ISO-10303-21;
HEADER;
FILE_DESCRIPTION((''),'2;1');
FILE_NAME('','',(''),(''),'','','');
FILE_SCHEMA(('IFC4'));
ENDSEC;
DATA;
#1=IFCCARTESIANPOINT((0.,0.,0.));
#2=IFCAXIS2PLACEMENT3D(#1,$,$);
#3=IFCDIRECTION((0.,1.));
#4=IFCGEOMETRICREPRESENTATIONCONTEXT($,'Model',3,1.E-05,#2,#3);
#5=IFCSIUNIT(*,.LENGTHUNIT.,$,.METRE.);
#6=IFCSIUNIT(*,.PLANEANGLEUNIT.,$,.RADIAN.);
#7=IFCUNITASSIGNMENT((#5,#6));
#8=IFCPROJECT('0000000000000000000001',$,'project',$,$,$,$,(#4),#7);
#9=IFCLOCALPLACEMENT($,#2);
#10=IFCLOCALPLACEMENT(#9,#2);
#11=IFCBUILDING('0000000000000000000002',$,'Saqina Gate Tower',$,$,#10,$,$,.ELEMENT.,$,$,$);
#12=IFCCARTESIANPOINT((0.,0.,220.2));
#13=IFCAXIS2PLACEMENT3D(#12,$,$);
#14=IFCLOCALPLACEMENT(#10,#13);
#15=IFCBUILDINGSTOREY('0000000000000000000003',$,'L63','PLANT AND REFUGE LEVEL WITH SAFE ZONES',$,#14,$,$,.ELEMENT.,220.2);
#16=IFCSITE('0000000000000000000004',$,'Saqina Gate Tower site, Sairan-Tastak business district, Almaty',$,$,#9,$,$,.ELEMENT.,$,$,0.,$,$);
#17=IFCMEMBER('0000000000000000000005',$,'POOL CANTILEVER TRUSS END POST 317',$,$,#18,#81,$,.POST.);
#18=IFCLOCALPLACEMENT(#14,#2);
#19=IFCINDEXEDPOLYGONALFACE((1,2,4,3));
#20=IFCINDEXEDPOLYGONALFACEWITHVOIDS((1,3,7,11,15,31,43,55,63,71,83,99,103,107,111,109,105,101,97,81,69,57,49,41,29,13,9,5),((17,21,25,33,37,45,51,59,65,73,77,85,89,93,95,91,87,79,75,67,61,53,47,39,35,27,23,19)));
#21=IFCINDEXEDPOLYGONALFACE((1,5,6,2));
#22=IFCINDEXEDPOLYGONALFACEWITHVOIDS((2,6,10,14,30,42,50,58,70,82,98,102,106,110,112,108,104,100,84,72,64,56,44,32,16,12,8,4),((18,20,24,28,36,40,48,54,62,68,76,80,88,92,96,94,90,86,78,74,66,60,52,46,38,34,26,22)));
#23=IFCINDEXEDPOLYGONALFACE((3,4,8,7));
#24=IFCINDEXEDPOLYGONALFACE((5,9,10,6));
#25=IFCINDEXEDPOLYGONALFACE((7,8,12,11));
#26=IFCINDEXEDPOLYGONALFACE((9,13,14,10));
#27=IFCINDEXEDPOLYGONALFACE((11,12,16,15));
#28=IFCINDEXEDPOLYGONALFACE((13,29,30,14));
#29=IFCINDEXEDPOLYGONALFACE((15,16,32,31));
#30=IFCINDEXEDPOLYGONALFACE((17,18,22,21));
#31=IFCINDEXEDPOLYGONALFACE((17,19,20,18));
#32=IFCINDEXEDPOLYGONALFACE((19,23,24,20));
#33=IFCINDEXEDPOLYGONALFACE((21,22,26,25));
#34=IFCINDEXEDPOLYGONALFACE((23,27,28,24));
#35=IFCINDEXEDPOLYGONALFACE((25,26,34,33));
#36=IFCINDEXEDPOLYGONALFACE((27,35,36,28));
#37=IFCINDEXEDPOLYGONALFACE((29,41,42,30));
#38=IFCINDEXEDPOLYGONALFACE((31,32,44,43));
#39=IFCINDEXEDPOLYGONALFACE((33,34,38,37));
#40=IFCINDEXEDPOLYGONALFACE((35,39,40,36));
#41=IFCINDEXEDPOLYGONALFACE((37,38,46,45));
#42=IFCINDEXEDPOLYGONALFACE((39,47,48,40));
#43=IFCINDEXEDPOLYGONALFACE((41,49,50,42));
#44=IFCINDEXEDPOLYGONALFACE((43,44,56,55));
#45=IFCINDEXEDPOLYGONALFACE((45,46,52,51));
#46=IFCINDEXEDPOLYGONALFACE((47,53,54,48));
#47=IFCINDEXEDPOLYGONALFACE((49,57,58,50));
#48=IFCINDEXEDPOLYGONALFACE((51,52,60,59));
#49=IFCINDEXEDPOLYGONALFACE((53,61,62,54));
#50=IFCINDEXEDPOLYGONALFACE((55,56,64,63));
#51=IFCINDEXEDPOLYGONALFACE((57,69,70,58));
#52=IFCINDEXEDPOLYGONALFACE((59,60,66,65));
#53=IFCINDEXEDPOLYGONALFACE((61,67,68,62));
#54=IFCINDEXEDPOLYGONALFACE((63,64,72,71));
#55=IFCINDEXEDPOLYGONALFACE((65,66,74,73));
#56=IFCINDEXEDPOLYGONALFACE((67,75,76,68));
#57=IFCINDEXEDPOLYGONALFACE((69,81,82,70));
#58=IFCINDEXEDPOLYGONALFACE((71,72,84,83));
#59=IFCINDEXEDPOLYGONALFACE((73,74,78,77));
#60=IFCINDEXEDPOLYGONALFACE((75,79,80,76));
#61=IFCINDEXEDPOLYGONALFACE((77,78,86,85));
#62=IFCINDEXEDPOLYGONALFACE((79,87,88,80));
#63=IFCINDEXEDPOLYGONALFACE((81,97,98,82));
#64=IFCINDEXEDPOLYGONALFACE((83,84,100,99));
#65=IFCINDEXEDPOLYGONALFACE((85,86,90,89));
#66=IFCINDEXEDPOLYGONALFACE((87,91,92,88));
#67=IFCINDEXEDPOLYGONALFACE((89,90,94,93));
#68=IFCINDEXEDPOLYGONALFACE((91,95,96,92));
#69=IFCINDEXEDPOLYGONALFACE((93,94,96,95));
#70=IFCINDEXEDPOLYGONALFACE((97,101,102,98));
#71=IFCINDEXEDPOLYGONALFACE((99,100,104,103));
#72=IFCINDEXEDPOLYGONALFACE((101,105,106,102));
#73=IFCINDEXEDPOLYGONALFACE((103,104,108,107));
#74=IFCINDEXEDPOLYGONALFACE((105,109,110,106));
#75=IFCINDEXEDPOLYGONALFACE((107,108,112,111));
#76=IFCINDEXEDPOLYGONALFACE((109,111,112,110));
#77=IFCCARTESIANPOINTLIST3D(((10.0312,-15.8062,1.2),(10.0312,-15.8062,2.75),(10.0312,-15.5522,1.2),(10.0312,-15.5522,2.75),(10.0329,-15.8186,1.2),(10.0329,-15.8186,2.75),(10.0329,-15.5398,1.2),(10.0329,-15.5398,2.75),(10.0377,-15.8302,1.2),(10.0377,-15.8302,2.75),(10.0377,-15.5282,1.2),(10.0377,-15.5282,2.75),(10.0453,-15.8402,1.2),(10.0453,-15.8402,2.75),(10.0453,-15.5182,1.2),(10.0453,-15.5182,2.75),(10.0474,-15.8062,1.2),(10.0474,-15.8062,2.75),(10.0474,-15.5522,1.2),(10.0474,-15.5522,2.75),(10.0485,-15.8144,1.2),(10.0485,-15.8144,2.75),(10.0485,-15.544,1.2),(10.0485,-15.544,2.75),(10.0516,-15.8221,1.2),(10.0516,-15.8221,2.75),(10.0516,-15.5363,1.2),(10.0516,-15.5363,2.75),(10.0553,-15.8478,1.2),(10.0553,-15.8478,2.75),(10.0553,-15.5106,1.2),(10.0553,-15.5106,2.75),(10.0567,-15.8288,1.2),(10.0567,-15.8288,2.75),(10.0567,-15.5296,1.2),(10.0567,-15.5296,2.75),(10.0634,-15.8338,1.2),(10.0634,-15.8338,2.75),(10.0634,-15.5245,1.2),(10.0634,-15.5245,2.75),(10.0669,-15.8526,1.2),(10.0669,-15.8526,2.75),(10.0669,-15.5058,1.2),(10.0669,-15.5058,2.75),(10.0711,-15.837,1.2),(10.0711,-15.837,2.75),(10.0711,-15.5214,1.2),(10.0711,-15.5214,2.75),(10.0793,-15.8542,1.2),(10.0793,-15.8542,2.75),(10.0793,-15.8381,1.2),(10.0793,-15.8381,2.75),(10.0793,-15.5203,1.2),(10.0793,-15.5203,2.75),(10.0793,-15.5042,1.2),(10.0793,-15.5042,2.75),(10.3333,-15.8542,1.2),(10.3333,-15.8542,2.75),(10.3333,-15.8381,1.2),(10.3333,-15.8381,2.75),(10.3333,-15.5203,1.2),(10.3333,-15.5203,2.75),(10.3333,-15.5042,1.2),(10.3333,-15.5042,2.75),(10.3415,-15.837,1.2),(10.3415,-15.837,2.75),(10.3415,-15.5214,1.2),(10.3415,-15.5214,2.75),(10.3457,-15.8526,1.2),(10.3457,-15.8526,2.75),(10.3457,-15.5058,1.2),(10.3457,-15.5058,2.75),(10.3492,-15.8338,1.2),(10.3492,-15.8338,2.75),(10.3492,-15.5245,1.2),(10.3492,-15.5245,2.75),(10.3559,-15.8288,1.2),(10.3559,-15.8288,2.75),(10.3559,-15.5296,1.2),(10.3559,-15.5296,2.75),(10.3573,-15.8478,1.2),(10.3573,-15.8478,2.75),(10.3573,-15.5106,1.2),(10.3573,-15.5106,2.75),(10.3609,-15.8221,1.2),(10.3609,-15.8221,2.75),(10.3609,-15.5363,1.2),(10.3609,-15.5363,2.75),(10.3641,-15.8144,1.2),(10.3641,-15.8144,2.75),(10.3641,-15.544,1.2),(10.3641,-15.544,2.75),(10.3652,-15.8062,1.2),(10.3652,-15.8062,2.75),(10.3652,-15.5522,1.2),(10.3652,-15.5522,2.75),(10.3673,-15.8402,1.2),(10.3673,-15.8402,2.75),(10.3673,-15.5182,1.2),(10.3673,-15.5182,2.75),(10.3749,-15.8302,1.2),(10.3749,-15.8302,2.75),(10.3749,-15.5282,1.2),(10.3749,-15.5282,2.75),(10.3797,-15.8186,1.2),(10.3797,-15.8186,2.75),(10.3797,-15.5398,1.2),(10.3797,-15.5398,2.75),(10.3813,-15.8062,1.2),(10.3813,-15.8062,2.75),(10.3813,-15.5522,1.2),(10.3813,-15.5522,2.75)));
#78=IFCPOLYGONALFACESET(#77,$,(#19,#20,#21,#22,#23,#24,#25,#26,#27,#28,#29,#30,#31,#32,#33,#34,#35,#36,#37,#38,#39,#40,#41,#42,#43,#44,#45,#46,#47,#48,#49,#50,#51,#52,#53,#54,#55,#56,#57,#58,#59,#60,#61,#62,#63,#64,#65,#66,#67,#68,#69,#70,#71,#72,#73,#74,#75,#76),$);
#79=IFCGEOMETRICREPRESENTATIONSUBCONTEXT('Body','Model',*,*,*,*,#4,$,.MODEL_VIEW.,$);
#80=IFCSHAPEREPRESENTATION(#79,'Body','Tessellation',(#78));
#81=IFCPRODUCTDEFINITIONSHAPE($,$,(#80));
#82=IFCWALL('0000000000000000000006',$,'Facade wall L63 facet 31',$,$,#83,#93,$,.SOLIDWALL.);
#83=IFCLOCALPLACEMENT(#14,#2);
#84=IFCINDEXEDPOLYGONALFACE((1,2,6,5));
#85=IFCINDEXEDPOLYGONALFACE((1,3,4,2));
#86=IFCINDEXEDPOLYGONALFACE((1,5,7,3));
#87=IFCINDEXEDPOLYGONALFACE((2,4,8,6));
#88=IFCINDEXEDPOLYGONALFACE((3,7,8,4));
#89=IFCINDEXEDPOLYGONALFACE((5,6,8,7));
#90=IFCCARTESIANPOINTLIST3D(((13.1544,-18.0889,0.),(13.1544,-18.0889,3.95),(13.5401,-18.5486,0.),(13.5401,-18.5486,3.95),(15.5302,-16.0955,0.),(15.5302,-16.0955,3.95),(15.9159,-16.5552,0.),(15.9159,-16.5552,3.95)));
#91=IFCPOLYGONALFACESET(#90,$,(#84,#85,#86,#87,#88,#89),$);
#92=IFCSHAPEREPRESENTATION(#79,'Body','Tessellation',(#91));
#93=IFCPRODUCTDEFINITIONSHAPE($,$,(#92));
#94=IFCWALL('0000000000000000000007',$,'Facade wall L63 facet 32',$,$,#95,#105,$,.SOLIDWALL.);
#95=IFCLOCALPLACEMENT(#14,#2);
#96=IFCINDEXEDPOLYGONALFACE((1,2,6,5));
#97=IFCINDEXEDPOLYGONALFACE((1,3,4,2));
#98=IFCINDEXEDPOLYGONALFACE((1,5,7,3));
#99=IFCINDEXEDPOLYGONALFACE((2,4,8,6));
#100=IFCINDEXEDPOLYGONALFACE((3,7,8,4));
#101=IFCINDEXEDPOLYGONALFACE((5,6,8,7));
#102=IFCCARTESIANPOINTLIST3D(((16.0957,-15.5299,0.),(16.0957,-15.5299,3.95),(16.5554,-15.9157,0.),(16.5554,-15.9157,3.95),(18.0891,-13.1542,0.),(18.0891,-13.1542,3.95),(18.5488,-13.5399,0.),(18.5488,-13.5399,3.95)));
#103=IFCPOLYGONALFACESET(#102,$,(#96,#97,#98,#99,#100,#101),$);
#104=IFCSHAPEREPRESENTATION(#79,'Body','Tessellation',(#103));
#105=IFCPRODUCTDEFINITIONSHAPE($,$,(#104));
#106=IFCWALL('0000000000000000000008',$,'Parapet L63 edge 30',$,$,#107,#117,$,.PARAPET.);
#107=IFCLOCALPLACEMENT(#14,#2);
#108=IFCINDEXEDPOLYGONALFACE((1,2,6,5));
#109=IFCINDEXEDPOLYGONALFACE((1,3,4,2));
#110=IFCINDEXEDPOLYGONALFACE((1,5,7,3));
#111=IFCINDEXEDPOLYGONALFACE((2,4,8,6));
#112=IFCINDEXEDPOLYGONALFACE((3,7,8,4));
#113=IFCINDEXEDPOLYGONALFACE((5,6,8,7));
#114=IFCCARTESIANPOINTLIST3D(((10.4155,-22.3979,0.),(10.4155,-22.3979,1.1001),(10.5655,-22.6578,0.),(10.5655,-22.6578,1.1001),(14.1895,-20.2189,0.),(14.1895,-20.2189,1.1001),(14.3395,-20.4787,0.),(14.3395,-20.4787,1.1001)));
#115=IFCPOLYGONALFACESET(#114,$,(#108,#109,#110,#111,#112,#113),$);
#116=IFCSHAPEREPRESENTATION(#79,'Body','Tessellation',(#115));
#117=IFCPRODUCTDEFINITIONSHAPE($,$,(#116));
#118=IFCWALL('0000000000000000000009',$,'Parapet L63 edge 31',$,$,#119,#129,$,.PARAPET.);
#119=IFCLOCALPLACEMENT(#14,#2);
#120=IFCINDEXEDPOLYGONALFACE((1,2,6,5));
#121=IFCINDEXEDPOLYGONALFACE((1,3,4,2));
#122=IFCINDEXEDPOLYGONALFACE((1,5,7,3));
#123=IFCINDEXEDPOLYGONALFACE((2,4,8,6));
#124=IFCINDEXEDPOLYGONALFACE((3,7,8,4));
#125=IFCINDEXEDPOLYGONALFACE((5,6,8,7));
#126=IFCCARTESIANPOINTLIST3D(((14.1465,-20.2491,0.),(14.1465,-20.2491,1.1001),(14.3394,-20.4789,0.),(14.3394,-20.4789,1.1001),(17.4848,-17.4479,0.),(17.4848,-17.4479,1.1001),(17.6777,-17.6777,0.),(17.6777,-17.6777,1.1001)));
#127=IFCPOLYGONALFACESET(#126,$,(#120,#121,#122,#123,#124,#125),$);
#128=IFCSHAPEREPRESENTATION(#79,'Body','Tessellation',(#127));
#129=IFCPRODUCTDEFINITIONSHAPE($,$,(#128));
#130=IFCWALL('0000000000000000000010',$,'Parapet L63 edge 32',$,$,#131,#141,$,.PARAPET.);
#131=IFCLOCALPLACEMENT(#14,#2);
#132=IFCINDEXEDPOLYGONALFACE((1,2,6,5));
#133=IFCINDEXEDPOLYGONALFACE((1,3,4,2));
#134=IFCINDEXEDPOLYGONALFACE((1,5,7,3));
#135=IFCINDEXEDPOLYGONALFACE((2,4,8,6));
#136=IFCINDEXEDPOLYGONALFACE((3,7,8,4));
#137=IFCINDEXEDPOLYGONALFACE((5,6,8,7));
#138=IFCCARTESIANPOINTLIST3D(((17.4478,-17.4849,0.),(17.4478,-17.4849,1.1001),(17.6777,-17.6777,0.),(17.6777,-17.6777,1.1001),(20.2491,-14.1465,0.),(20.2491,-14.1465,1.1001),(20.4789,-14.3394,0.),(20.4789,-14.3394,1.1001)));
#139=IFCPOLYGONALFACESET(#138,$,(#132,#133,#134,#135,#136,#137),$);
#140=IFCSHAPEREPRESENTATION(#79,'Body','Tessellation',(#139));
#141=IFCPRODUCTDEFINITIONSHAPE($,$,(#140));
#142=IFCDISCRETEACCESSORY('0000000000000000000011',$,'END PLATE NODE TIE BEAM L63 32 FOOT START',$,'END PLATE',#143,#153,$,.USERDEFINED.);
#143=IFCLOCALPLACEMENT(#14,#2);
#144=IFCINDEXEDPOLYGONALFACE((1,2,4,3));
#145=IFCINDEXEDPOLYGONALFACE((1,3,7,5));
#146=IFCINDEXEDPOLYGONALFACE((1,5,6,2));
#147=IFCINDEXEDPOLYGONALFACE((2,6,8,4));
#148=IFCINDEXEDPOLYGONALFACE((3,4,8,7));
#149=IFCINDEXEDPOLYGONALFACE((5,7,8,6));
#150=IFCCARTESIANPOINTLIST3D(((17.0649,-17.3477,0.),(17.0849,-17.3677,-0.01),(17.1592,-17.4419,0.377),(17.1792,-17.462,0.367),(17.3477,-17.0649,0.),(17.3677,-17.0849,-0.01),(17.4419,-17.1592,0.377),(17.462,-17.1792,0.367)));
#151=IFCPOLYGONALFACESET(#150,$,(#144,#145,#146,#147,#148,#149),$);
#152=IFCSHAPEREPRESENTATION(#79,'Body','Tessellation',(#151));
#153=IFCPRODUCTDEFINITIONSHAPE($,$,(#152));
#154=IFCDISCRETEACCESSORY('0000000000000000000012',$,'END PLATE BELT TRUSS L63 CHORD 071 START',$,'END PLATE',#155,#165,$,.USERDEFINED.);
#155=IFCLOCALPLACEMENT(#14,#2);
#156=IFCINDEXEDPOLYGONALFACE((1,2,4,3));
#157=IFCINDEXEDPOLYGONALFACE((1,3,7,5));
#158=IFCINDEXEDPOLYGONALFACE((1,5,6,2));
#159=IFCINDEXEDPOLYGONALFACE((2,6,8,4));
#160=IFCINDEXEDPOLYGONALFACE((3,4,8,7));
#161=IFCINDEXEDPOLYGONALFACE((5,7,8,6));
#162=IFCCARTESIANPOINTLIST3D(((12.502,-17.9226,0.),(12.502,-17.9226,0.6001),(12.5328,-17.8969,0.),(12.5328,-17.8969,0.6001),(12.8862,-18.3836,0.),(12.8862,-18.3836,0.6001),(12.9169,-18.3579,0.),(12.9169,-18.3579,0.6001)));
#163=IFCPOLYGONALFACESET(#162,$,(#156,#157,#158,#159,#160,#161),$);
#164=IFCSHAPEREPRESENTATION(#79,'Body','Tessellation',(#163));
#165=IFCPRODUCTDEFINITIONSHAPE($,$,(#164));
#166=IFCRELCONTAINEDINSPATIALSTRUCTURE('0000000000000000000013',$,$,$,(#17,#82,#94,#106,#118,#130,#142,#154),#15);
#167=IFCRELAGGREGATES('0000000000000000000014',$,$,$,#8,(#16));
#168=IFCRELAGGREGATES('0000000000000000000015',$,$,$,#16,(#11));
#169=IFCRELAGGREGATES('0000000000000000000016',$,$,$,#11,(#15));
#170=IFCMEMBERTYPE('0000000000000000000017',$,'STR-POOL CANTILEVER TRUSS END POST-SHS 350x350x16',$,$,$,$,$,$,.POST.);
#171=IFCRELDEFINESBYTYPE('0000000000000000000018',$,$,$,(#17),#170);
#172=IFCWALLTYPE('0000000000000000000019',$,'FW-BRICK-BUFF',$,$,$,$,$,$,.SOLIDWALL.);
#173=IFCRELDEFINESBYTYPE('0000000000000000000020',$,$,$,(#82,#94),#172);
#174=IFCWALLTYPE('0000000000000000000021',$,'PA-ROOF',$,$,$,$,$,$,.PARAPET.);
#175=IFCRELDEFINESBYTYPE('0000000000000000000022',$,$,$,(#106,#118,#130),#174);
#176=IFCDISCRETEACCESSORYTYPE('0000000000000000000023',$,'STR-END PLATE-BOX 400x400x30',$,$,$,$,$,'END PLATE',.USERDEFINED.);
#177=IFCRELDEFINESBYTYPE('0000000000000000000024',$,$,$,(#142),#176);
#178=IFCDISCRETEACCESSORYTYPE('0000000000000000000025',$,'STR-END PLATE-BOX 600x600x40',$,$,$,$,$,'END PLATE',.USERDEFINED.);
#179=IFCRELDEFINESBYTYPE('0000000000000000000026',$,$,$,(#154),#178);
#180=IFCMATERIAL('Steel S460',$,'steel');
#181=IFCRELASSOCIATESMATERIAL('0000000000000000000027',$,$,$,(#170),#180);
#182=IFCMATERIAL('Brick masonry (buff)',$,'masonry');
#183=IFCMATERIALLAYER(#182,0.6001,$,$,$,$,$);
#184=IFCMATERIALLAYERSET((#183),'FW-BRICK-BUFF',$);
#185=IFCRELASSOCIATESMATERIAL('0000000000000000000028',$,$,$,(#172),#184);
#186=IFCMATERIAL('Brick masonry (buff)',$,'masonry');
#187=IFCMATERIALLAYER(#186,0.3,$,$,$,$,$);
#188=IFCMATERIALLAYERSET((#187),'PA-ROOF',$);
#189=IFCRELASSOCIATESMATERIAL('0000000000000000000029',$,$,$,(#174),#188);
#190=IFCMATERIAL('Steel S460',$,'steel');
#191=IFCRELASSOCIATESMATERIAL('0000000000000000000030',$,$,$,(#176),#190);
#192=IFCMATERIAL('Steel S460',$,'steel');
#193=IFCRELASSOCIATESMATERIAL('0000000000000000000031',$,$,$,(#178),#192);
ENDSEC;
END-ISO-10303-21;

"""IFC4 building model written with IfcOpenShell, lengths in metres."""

from ifc_helpers import new_model, si_unit, direction, frame, frame_2d, origin, origin_2d, place, context, subcontext, project, spatial, rectangle, hollow_rectangle, extrude, material, layer, layer_set, material_profile, profile_set, type_object, element, save


model = new_model("IFC4")

# Units and contexts
model_context = context("Model", 3, precision=1e-05, world=origin(), true_north=direction((0.0, 1.0)))
body_context = subcontext(model_context, "Body", "Model", "MODEL_VIEW")
ifc_project = project(units=[si_unit("LENGTHUNIT", "METRE"), si_unit("PLANEANGLEUNIT", "RADIAN")], contexts=[model_context])

# Site, building, storey
site_placement = place(None, origin())
site = spatial("IfcSite", under=ifc_project, at=site_placement, Name="Saqina Gate Tower site, Sairan-Tastak business district, Almaty", CompositionType="ELEMENT", RefElevation=0.0)
building_placement = place(site_placement, origin())
building = spatial("IfcBuilding", under=site, at=building_placement, Name="Saqina Gate Tower", CompositionType="ELEMENT")
storey_placement = place(building_placement, frame((0.0, 0.0, 220.2)))
storey = spatial("IfcBuildingStorey", under=building, at=storey_placement, Name="L63", Description="PLANT AND REFUGE LEVEL WITH SAFE ZONES", CompositionType="ELEMENT", Elevation=220.2)

# Member
ifc_material_1 = material(Name="Steel S460", Category="steel")
ifc_material_profile_1 = material_profile(ifc_material_1, hollow_rectangle(XDim=0.3501, YDim=0.3501, WallThickness=0.0161, InnerFilletRadius=0.032, OuterFilletRadius=0.0481, at=origin_2d()), Name="SHS 350x350x16")
ifc_profile_set_1 = profile_set([ifc_material_profile_1], Name="Steel S460")
member_type_1 = type_object("IfcMemberType", Name="STR-POOL CANTILEVER TRUSS END POST-SHS 350x350x16", PredefinedType="POST", material=ifc_profile_set_1)
for number, where, z_axis, x_axis, name in (
    (1, (10.2063, -15.6792, 1.2), (0.0, 0.0, 1.0), (1.0, 0.0, 0.0), "POOL CANTILEVER TRUSS END POST 317"),
):
    element("IfcMember", number, at=place(storey_placement, frame(where, z_axis=z_axis, x_axis=x_axis)), inside=storey, type_object=member_type_1, Name=name, PredefinedType="POST", context=body_context, shape_type="SweptSolid", body=[
        extrude(hollow_rectangle(XDim=0.3501, YDim=0.3501, WallThickness=0.0161, InnerFilletRadius=0.032, OuterFilletRadius=0.0481, at=origin_2d()), origin(), (0.0, 0.0, 1.0), 1.55),
    ])

# Walls
ifc_material_2 = material(Name="Brick masonry (buff)", Category="masonry")
ifc_layer_1 = layer(ifc_material_2, 0.6001)
ifc_layer_set_1 = layer_set([ifc_layer_1], Name="FW-BRICK-BUFF")
wall_type_1 = type_object("IfcWallType", Name="FW-BRICK-BUFF", PredefinedType="SOLIDWALL", material=ifc_layer_set_1)
for number, where, z_axis, x_axis, name in (
    (2, (13.3472, -18.3188, 0.0), (0.0, 0.0, 1.0), (0.766055, 0.642775, 0.0), "Facade wall L63 facet 31"),
    (3, (16.3254, -15.7229, 0.0), (0.0, 0.0, 1.0), (0.642775, 0.766055, 0.0), "Facade wall L63 facet 32"),
):
    element("IfcWall", number, at=place(storey_placement, frame(where, z_axis=z_axis, x_axis=x_axis)), inside=storey, type_object=wall_type_1, Name=name, PredefinedType="SOLIDWALL", context=body_context, shape_type="SweptSolid", body=[
        extrude(rectangle(XDim=3.1013, YDim=0.6001, at=frame_2d((1.5508, 0.0))), origin(), (0.0, 0.0, 1.0), 3.95),
    ])
ifc_material_3 = material(Name="Brick masonry (buff)", Category="masonry")
ifc_layer_2 = layer(ifc_material_3, 0.3)
ifc_layer_set_2 = layer_set([ifc_layer_2], Name="PA-ROOF")
wall_type_2 = type_object("IfcWallType", Name="PA-ROOF", PredefinedType="PARAPET", material=ifc_layer_set_2)
for number, where, z_axis, x_axis, name in (
    (4, (10.4905, -22.5278, 0.0), (0.0, 0.0, 1.0), (0.866018, 0.500013, 0.0), "Parapet L63 edge 30"),
    (5, (14.2429, -20.364, 0.0), (0.0, 0.0, 1.0), (0.76604, 0.642793, 0.0), "Parapet L63 edge 31"),
    (6, (17.5627, -17.5813, 0.0), (0.0, 0.0, 1.0), (0.642793, 0.76604, 0.0), "Parapet L63 edge 32"),
):
    element("IfcWall", number, at=place(storey_placement, frame(where, z_axis=z_axis, x_axis=x_axis)), inside=storey, type_object=wall_type_2, Name=name, PredefinedType="PARAPET", context=body_context, shape_type="SweptSolid", body=[
        extrude(rectangle(XDim=4.3579, YDim=0.3, at=frame_2d((2.179, 0.0))), origin(), (0.0, 0.0, 1.0), 1.1001),
    ])

# Discrete accessories
ifc_material_4 = material(Name="Steel S460", Category="steel")
ifc_material_profile_2 = material_profile(ifc_material_4, rectangle(XDim=0.3999, YDim=0.3999, at=origin_2d()), Name="STR-END PLATE-BOX 400x400x30")
ifc_profile_set_2 = profile_set([ifc_material_profile_2], Name="Steel S460")
discrete_accessory_type_1 = type_object("IfcDiscreteAccessoryType", Name="STR-END PLATE-BOX 400x400x30", ElementType="END PLATE", PredefinedType="USERDEFINED", material=ifc_profile_set_2)
discrete_accessory_1_placement = place(storey_placement, frame((17.2534, -17.2534, 0.1885), z_axis=(0.666667, -0.666667, -0.333333), x_axis=(-0.707107, -0.707107, 0.0)))
element("IfcDiscreteAccessory", 7, at=discrete_accessory_1_placement, inside=storey, type_object=discrete_accessory_type_1, Name="END PLATE NODE TIE BEAM L63 32 FOOT START", ObjectType="END PLATE", PredefinedType="USERDEFINED", context=body_context, shape_type="SweptSolid", body=[
    extrude(rectangle(XDim=0.3999, YDim=0.3999, at=origin_2d()), origin(), (0.0, 0.0, 1.0), 0.03),
])
ifc_material_5 = material(Name="Steel S460", Category="steel")
ifc_material_profile_3 = material_profile(ifc_material_5, rectangle(XDim=0.6001, YDim=0.6001, at=origin_2d()), Name="STR-END PLATE-BOX 600x600x40")
ifc_profile_set_3 = profile_set([ifc_material_profile_3], Name="Steel S460")
discrete_accessory_type_2 = type_object("IfcDiscreteAccessoryType", Name="STR-END PLATE-BOX 600x600x40", ElementType="END PLATE", PredefinedType="USERDEFINED", material=ifc_profile_set_3)
discrete_accessory_2_placement = place(storey_placement, frame((12.7249, -18.1274, 0.3), z_axis=(-0.768221, -0.640184, 0.0), x_axis=(-0.640184, 0.768221, 0.0)))
element("IfcDiscreteAccessory", 8, at=discrete_accessory_2_placement, inside=storey, type_object=discrete_accessory_type_2, Name="END PLATE BELT TRUSS L63 CHORD 071 START", ObjectType="END PLATE", PredefinedType="USERDEFINED", context=body_context, shape_type="SweptSolid", body=[
    extrude(rectangle(XDim=0.6001, YDim=0.6001, at=origin_2d()), origin(), (0.0, 0.0, 1.0), 0.04),
])

save(model, "model.ifc")
